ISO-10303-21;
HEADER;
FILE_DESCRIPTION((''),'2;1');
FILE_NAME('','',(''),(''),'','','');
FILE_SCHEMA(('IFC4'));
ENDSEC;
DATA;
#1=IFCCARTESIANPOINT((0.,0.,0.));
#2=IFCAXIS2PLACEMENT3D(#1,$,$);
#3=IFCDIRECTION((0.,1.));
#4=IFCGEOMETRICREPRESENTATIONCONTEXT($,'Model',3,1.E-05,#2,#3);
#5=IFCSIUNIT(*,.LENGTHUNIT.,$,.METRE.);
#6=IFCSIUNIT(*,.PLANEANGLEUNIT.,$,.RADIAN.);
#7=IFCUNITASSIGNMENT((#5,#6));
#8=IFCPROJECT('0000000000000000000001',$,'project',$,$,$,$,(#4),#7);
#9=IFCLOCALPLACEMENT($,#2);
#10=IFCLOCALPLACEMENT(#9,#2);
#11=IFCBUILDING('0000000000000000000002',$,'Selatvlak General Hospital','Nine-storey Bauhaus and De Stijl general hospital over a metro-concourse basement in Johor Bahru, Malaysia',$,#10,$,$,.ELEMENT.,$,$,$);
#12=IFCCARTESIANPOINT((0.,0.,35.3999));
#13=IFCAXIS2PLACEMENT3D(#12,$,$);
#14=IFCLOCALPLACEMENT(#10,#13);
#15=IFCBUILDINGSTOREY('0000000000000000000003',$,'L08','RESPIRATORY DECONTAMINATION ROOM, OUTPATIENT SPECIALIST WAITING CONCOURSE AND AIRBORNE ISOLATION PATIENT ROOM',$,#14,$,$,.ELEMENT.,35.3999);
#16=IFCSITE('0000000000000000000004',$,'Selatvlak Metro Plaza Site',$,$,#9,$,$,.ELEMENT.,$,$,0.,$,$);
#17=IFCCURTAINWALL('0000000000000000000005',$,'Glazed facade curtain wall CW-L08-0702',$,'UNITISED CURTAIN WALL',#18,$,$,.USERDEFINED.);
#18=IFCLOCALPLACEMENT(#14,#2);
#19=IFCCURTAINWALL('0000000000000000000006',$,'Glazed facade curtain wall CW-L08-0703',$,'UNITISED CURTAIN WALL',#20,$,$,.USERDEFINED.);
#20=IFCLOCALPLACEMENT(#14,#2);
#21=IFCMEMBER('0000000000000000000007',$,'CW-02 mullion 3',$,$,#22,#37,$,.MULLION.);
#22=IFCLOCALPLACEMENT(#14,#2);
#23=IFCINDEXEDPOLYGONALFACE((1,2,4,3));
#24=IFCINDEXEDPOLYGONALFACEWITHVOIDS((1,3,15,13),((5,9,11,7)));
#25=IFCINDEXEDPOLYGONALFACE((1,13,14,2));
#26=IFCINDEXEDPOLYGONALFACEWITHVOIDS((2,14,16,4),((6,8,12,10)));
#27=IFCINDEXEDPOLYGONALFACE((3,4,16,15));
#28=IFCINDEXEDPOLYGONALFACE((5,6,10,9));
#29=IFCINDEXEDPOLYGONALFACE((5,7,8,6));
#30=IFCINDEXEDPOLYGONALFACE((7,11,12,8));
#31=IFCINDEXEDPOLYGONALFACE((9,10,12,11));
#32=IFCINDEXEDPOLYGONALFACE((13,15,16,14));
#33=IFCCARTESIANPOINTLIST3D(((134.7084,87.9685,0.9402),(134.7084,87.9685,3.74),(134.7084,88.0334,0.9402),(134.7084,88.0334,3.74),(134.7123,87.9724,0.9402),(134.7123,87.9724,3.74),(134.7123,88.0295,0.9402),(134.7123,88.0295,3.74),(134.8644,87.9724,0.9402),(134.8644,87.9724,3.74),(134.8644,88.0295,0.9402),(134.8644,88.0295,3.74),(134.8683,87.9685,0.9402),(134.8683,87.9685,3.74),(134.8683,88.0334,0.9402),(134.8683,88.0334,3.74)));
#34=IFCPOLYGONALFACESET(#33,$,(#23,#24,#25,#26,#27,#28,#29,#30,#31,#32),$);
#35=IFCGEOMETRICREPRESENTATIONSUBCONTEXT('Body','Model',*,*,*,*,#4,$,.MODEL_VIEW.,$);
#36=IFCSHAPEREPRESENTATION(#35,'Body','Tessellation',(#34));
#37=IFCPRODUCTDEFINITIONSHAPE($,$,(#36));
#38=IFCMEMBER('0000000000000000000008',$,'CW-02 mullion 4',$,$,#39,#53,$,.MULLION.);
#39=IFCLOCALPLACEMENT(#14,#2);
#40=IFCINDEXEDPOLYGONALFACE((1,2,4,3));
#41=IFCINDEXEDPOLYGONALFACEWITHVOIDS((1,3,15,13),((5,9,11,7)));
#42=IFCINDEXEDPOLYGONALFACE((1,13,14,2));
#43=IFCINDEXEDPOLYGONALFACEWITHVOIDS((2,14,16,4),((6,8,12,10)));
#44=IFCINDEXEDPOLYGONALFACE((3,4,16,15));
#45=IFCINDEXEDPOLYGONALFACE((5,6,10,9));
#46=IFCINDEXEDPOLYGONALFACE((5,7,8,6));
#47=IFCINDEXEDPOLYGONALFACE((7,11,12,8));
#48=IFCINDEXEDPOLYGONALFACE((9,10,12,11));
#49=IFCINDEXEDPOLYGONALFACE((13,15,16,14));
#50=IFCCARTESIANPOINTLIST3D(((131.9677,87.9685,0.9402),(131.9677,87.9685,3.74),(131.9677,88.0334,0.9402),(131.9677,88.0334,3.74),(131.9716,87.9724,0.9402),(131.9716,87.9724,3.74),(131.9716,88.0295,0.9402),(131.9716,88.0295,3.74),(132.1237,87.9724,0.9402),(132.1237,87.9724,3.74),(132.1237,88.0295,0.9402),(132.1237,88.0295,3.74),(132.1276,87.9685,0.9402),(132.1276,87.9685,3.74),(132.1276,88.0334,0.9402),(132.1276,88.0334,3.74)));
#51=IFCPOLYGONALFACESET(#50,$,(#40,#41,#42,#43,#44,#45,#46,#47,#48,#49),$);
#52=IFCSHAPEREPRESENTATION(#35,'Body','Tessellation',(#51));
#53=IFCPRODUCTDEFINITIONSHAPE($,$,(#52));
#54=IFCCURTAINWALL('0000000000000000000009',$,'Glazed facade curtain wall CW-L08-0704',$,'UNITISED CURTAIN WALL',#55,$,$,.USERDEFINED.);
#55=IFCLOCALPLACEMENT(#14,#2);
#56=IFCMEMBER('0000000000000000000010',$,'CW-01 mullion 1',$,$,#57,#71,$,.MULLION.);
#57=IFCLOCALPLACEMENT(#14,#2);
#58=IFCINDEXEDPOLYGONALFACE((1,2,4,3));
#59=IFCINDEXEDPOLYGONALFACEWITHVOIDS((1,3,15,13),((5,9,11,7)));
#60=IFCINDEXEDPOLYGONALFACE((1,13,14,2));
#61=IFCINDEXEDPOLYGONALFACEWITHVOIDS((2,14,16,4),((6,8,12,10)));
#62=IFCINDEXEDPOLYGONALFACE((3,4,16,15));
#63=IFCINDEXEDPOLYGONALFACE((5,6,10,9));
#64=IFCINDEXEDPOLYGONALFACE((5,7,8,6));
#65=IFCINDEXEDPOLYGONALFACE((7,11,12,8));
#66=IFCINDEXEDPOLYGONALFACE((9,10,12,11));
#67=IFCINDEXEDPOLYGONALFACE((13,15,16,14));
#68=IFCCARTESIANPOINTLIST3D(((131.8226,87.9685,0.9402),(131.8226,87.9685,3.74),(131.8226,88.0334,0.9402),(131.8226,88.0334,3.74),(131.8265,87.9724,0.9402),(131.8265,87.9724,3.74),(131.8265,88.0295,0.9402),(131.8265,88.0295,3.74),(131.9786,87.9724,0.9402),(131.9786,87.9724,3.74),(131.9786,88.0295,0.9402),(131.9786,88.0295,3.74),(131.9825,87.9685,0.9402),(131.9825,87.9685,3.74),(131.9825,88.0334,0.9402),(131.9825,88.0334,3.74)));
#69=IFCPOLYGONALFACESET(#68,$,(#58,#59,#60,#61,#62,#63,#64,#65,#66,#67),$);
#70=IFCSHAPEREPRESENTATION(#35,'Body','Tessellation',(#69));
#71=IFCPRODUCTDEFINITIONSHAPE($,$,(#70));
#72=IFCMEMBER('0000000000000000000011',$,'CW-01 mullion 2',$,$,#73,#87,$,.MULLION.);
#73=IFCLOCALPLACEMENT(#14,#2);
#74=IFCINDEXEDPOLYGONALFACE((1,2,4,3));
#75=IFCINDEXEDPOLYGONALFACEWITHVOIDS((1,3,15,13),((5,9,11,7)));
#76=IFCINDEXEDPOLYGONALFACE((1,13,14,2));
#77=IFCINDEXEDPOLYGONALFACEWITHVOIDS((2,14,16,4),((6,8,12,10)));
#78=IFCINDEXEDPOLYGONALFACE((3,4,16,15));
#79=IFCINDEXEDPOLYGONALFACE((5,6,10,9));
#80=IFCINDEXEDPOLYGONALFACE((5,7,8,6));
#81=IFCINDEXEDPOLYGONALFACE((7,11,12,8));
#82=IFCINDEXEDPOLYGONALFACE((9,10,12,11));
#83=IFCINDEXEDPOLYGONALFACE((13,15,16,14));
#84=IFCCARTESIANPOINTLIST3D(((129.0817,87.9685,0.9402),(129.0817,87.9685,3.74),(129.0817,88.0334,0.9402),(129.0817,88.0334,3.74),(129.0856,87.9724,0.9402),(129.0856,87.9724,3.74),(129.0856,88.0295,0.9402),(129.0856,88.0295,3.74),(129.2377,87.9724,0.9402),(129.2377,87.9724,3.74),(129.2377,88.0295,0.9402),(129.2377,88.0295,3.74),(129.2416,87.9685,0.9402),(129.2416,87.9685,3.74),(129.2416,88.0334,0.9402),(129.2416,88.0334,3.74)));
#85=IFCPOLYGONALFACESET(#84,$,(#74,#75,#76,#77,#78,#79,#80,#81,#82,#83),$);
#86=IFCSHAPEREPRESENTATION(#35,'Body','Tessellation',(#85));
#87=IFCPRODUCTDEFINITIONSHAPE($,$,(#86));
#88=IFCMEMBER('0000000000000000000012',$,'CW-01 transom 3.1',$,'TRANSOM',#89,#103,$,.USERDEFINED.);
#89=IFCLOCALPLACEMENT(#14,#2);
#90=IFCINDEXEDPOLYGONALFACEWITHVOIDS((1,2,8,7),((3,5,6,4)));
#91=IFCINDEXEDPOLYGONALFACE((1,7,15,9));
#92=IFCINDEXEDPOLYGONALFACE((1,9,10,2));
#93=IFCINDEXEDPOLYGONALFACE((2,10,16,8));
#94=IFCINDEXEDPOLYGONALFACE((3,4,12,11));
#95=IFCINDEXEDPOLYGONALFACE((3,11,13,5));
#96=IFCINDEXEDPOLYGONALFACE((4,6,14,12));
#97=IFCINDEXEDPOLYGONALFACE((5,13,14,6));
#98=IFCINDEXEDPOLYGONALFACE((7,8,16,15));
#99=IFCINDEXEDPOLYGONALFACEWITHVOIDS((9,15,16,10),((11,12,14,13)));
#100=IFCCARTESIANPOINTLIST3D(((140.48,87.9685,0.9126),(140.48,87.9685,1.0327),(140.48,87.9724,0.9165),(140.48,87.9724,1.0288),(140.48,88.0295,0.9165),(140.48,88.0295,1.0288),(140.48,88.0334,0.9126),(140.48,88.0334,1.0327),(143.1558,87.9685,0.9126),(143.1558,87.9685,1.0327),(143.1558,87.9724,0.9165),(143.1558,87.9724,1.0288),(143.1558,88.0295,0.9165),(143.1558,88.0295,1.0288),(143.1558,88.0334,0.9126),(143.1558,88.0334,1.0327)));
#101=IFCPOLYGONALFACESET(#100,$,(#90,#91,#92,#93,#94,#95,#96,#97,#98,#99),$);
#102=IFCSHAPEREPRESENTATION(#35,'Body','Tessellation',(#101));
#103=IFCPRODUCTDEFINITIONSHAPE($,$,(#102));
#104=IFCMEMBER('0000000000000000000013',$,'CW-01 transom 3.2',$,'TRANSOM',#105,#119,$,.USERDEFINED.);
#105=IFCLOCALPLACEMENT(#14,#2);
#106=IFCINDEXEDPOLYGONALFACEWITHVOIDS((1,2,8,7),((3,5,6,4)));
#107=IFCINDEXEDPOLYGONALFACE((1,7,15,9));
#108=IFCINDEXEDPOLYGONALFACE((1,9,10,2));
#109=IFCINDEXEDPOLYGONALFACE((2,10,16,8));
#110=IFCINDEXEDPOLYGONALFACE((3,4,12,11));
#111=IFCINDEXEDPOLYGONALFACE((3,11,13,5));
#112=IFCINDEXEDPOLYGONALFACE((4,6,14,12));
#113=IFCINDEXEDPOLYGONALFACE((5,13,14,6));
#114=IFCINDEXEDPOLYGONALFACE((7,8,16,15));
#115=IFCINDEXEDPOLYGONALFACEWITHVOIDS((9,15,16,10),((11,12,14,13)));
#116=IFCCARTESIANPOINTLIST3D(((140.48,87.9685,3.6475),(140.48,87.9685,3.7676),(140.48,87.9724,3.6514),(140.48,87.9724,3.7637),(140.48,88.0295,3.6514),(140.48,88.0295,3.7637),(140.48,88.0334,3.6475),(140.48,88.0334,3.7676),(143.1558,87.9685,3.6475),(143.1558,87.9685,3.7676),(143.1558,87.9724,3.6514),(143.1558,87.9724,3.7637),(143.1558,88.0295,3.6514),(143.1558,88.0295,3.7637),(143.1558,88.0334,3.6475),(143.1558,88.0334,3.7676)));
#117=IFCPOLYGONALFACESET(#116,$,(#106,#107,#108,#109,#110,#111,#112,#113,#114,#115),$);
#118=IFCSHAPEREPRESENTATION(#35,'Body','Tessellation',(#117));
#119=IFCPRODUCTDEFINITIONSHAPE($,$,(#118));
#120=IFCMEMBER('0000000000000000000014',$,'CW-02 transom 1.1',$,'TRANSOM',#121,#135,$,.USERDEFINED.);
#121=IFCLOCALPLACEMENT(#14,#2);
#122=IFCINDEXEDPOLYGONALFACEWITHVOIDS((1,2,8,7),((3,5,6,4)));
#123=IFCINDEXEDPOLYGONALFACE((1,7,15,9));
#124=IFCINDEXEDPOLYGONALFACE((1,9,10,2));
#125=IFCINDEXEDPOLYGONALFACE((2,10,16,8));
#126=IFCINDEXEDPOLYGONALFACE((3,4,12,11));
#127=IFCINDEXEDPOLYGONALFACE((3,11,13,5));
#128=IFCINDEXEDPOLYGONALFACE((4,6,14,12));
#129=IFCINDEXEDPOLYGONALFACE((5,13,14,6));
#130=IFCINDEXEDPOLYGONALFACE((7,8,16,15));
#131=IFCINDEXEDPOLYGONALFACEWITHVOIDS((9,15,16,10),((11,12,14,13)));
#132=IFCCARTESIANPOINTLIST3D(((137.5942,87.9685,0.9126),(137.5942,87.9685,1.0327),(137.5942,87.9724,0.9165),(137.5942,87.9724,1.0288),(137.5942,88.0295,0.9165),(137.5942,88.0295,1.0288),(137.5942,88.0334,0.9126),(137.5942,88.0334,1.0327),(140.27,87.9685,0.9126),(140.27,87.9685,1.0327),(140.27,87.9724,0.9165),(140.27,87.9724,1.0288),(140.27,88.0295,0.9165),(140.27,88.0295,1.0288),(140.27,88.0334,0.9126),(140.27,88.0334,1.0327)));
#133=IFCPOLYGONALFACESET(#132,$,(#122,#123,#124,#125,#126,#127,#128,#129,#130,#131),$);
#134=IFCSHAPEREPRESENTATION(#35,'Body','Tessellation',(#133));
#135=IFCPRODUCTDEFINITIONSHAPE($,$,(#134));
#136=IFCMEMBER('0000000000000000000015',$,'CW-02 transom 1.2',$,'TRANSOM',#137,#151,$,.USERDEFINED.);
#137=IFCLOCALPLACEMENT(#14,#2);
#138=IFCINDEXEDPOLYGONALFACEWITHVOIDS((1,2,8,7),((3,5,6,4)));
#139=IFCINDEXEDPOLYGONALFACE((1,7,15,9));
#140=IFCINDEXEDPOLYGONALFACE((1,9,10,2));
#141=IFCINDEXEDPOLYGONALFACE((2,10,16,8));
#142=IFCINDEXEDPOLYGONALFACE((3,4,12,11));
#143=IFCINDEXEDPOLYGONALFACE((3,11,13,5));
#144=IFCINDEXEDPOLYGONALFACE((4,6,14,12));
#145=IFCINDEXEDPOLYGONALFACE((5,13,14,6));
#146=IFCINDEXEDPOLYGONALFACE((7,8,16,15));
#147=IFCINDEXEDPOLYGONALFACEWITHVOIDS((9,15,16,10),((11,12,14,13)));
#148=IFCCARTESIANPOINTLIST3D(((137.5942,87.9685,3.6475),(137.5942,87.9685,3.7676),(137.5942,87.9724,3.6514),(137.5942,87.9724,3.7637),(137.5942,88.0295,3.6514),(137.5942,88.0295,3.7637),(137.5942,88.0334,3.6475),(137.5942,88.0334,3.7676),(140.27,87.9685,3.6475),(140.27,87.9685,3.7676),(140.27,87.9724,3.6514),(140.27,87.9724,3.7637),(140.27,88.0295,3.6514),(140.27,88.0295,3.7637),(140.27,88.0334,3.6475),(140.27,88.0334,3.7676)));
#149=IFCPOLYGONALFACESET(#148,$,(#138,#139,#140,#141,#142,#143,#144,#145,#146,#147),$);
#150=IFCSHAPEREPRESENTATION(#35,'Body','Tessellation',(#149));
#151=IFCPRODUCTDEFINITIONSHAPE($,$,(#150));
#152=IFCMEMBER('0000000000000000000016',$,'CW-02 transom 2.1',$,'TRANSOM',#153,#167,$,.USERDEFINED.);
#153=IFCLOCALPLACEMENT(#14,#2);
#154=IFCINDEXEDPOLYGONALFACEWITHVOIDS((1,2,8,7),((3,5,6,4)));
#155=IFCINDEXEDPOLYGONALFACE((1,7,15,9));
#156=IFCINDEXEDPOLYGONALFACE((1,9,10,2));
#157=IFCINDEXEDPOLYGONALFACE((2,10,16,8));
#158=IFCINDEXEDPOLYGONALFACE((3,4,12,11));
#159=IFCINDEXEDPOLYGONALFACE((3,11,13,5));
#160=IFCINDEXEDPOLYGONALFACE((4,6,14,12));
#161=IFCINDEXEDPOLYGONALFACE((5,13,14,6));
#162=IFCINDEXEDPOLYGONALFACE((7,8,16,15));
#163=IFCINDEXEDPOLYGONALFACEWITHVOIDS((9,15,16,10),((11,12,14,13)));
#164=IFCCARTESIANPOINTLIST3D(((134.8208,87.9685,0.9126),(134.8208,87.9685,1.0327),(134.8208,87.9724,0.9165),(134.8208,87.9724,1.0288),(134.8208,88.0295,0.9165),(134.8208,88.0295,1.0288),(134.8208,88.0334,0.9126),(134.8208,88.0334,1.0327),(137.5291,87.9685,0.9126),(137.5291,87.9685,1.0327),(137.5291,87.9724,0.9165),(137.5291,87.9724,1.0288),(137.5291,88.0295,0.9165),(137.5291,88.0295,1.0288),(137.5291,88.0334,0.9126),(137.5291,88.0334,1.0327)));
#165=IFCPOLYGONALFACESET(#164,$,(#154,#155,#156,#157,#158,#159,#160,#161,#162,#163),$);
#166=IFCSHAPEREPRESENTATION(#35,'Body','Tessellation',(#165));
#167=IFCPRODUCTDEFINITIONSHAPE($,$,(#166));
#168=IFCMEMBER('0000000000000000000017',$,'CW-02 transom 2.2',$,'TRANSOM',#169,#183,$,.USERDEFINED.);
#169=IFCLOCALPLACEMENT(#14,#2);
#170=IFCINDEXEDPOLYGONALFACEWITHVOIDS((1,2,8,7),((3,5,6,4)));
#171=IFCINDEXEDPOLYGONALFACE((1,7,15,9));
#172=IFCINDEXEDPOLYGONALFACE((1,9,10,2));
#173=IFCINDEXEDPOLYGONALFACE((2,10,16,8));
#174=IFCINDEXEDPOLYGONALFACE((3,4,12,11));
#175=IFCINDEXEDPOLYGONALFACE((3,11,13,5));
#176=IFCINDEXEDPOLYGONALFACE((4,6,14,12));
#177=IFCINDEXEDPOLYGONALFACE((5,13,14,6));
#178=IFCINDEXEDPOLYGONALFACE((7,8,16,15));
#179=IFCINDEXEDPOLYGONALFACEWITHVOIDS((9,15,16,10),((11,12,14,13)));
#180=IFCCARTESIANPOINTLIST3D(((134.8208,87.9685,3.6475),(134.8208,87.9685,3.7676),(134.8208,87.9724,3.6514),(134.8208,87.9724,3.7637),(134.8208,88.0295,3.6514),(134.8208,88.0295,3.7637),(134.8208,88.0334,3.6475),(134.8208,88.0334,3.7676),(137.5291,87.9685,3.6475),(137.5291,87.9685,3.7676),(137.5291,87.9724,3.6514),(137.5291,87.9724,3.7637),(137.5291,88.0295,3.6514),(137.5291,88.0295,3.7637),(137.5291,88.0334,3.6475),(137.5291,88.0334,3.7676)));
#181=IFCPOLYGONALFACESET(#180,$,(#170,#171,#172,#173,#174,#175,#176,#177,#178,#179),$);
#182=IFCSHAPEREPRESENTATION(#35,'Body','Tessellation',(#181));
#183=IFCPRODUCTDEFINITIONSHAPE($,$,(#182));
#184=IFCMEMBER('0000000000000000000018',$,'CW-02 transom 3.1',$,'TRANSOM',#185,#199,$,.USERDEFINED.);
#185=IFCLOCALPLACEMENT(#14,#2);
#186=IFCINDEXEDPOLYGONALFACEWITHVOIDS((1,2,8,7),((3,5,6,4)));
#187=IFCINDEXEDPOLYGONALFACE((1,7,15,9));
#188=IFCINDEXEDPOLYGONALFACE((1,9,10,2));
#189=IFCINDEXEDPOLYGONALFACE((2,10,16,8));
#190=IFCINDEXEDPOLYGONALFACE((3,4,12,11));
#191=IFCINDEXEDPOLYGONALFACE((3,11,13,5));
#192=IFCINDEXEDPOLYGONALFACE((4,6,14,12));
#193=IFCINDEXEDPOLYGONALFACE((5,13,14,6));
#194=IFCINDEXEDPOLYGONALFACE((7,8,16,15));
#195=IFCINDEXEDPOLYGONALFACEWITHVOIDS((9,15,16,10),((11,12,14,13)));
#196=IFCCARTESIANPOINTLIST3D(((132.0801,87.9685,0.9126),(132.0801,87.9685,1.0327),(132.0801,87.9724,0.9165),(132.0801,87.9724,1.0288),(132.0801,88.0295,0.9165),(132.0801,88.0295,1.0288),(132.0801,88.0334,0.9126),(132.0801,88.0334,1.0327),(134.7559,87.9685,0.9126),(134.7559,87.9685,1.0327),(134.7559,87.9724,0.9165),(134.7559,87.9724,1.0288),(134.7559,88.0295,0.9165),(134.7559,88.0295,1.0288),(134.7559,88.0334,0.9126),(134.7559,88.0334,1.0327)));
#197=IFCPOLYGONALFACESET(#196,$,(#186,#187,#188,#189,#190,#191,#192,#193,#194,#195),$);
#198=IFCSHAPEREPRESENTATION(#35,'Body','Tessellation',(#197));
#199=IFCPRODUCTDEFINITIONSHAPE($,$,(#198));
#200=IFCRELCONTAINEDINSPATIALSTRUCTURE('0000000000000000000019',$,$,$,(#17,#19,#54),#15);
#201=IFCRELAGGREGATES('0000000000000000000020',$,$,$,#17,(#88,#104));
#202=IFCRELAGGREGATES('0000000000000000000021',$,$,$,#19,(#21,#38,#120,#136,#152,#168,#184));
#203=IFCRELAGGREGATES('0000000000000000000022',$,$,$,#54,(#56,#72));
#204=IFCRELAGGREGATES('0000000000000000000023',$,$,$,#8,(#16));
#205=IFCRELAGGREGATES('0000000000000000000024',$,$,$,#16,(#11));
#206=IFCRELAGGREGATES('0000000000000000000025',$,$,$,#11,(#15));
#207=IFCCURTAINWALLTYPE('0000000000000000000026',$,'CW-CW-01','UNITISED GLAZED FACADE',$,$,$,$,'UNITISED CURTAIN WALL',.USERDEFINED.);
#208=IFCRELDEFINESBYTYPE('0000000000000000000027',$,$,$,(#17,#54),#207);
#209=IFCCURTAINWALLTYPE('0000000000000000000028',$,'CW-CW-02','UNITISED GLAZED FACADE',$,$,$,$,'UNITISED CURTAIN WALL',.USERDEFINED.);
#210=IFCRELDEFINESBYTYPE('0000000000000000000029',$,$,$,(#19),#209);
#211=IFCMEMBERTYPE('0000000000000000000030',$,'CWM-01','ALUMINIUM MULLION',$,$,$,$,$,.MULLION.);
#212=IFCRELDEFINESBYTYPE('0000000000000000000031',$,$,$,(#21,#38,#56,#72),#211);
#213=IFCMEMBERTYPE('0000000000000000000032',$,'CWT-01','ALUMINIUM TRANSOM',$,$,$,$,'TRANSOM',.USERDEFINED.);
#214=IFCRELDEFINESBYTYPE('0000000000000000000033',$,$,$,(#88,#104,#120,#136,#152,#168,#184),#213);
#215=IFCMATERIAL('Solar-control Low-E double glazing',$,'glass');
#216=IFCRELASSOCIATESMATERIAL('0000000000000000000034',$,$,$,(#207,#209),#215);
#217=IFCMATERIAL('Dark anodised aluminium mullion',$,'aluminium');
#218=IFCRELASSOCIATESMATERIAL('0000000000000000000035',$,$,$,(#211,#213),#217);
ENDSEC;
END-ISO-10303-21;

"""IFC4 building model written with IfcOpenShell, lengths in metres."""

from ifc_helpers import new_model, si_unit, direction, frame, origin, origin_2d, place, context, subcontext, project, spatial, hollow_rectangle, extrude, material, material_profile, profile_set, type_object, element, aggregate, save


model = new_model("IFC4")

# Units and contexts
model_context = context("Model", 3, precision=1e-05, world=origin(), true_north=direction((0.0, 1.0)))
body_context = subcontext(model_context, "Body", "Model", "MODEL_VIEW")
ifc_project = project(units=[si_unit("LENGTHUNIT", "METRE"), si_unit("PLANEANGLEUNIT", "RADIAN")], contexts=[model_context])

# Site, building, storey
site_placement = place(None, origin())
site = spatial("IfcSite", under=ifc_project, at=site_placement, Name="Selatvlak Metro Plaza Site", CompositionType="ELEMENT", RefElevation=0.0)
building_placement = place(site_placement, origin())
building = spatial("IfcBuilding", under=site, at=building_placement, Name="Selatvlak General Hospital", Description="Nine-storey Bauhaus and De Stijl general hospital over a metro-concourse basement in Johor Bahru, Malaysia", CompositionType="ELEMENT")
storey_placement = place(building_placement, frame((0.0, 0.0, 35.3999)))
storey = spatial("IfcBuildingStorey", under=building, at=storey_placement, Name="L08", Description="RESPIRATORY DECONTAMINATION ROOM, OUTPATIENT SPECIALIST WAITING CONCOURSE AND AIRBORNE ISOLATION PATIENT ROOM", CompositionType="ELEMENT", Elevation=35.3999)

# Curtain walls, members
ifc_material_1 = material(Name="Solar-control Low-E double glazing", Category="glass")
curtain_wall_type_1 = type_object("IfcCurtainWallType", Name="CW-CW-01", Description="UNITISED GLAZED FACADE", ElementType="UNITISED CURTAIN WALL", PredefinedType="USERDEFINED", material=ifc_material_1)
curtain_wall_1_placement = place(storey_placement, origin())
curtain_wall_1 = element("IfcCurtainWall", 1, at=curtain_wall_1_placement, inside=storey, type_object=curtain_wall_type_1, Name="Glazed facade curtain wall CW-L08-0702", ObjectType="UNITISED CURTAIN WALL", PredefinedType="USERDEFINED")
ifc_material_2 = material(Name="Dark anodised aluminium mullion", Category="aluminium")
ifc_material_profile_1 = material_profile(ifc_material_2, hollow_rectangle(XDim=0.0649, YDim=0.1599, WallThickness=0.0039, at=origin_2d()), Name="AL-MUL 65x160x4")
ifc_profile_set_1 = profile_set([ifc_material_profile_1], Name="Dark anodised aluminium mullion")
member_type_1 = type_object("IfcMemberType", Name="CWM-01", Description="ALUMINIUM MULLION", PredefinedType="MULLION", material=ifc_profile_set_1)
curtain_wall_type_2 = type_object("IfcCurtainWallType", Name="CW-CW-02", Description="UNITISED GLAZED FACADE", ElementType="UNITISED CURTAIN WALL", PredefinedType="USERDEFINED", material=ifc_material_1)
curtain_wall_2_placement = place(storey_placement, origin())
curtain_wall_2 = element("IfcCurtainWall", 2, at=curtain_wall_2_placement, inside=storey, type_object=curtain_wall_type_2, Name="Glazed facade curtain wall CW-L08-0703", ObjectType="UNITISED CURTAIN WALL", PredefinedType="USERDEFINED")
member_1_placement = place(storey_placement, frame((134.7883, 88.001, 0.9402), z_axis=(0.0, 0.0, 1.0), x_axis=(0.0, -1.0, 0.0)))
member_1 = element("IfcMember", 3, at=member_1_placement, type_object=member_type_1, Name="CW-02 mullion 3", PredefinedType="MULLION", context=body_context, shape_type="SweptSolid", body=[
    extrude(hollow_rectangle(XDim=0.0649, YDim=0.1599, WallThickness=0.0039, at=origin_2d()), origin(), (0.0, 0.0, 1.0), 2.7998),
])
member_2_placement = place(storey_placement, frame((132.0476, 88.001, 0.9402), z_axis=(0.0, 0.0, 1.0), x_axis=(0.0, -1.0, 0.0)))
member_2 = element("IfcMember", 4, at=member_2_placement, type_object=member_type_1, Name="CW-02 mullion 4", PredefinedType="MULLION", context=body_context, shape_type="SweptSolid", body=[
    extrude(hollow_rectangle(XDim=0.0649, YDim=0.1599, WallThickness=0.0039, at=origin_2d()), origin(), (0.0, 0.0, 1.0), 2.7998),
])
curtain_wall_3_placement = place(storey_placement, origin())
curtain_wall_3 = element("IfcCurtainWall", 5, at=curtain_wall_3_placement, inside=storey, type_object=curtain_wall_type_1, Name="Glazed facade curtain wall CW-L08-0704", ObjectType="UNITISED CURTAIN WALL", PredefinedType="USERDEFINED")
member_3_placement = place(storey_placement, frame((131.9026, 88.001, 0.9402), z_axis=(0.0, 0.0, 1.0), x_axis=(0.0, -1.0, 0.0)))
member_3 = element("IfcMember", 6, at=member_3_placement, type_object=member_type_1, Name="CW-01 mullion 1", PredefinedType="MULLION", context=body_context, shape_type="SweptSolid", body=[
    extrude(hollow_rectangle(XDim=0.0649, YDim=0.1599, WallThickness=0.0039, at=origin_2d()), origin(), (0.0, 0.0, 1.0), 2.7998),
])
member_4_placement = place(storey_placement, frame((129.1616, 88.001, 0.9402), z_axis=(0.0, 0.0, 1.0), x_axis=(0.0, -1.0, 0.0)))
member_4 = element("IfcMember", 7, at=member_4_placement, type_object=member_type_1, Name="CW-01 mullion 2", PredefinedType="MULLION", context=body_context, shape_type="SweptSolid", body=[
    extrude(hollow_rectangle(XDim=0.0649, YDim=0.1599, WallThickness=0.0039, at=origin_2d()), origin(), (0.0, 0.0, 1.0), 2.7998),
])

# Members
ifc_material_profile_2 = material_profile(ifc_material_2, hollow_rectangle(XDim=0.0649, YDim=0.1201, WallThickness=0.0039, at=origin_2d()), Name="AL-TRN 65x120x4")
ifc_profile_set_2 = profile_set([ifc_material_profile_2], Name="Dark anodised aluminium mullion")
member_type_2 = type_object("IfcMemberType", Name="CWT-01", Description="ALUMINIUM TRANSOM", ElementType="TRANSOM", PredefinedType="USERDEFINED", material=ifc_profile_set_2)
member_5_placement = place(storey_placement, frame((143.1558, 88.001, 0.9727), z_axis=(-1.0, 0.0, 0.0), x_axis=(0.0, -1.0, 0.0)))
member_5 = element("IfcMember", 8, at=member_5_placement, type_object=member_type_2, Name="CW-01 transom 3.1", ObjectType="TRANSOM", PredefinedType="USERDEFINED", context=body_context, shape_type="SweptSolid", body=[
    extrude(hollow_rectangle(XDim=0.0649, YDim=0.1201, WallThickness=0.0039, at=origin_2d()), origin(), (0.0, 0.0, 1.0), 2.6758),
])
member_6_placement = place(storey_placement, frame((143.1558, 88.001, 3.7075), z_axis=(-1.0, 0.0, 0.0), x_axis=(0.0, -1.0, 0.0)))
member_6 = element("IfcMember", 9, at=member_6_placement, type_object=member_type_2, Name="CW-01 transom 3.2", ObjectType="TRANSOM", PredefinedType="USERDEFINED", context=body_context, shape_type="SweptSolid", body=[
    extrude(hollow_rectangle(XDim=0.0649, YDim=0.1201, WallThickness=0.0039, at=origin_2d()), origin(), (0.0, 0.0, 1.0), 2.6758),
])
member_7_placement = place(storey_placement, frame((140.27, 88.001, 0.9727), z_axis=(-1.0, 0.0, 0.0), x_axis=(0.0, -1.0, 0.0)))
member_7 = element("IfcMember", 10, at=member_7_placement, type_object=member_type_2, Name="CW-02 transom 1.1", ObjectType="TRANSOM", PredefinedType="USERDEFINED", context=body_context, shape_type="SweptSolid", body=[
    extrude(hollow_rectangle(XDim=0.0649, YDim=0.1201, WallThickness=0.0039, at=origin_2d()), origin(), (0.0, 0.0, 1.0), 2.6758),
])
member_8_placement = place(storey_placement, frame((140.27, 88.001, 3.7075), z_axis=(-1.0, 0.0, 0.0), x_axis=(0.0, -1.0, 0.0)))
member_8 = element("IfcMember", 11, at=member_8_placement, type_object=member_type_2, Name="CW-02 transom 1.2", ObjectType="TRANSOM", PredefinedType="USERDEFINED", context=body_context, shape_type="SweptSolid", body=[
    extrude(hollow_rectangle(XDim=0.0649, YDim=0.1201, WallThickness=0.0039, at=origin_2d()), origin(), (0.0, 0.0, 1.0), 2.6758),
])
member_9_placement = place(storey_placement, frame((137.5291, 88.001, 0.9727), z_axis=(-1.0, 0.0, 0.0), x_axis=(0.0, -1.0, 0.0)))
member_9 = element("IfcMember", 12, at=member_9_placement, type_object=member_type_2, Name="CW-02 transom 2.1", ObjectType="TRANSOM", PredefinedType="USERDEFINED", context=body_context, shape_type="SweptSolid", body=[
    extrude(hollow_rectangle(XDim=0.0649, YDim=0.1201, WallThickness=0.0039, at=origin_2d()), origin(), (0.0, 0.0, 1.0), 2.7083),
])
member_10_placement = place(storey_placement, frame((137.5291, 88.001, 3.7075), z_axis=(-1.0, 0.0, 0.0), x_axis=(0.0, -1.0, 0.0)))
member_10 = element("IfcMember", 13, at=member_10_placement, type_object=member_type_2, Name="CW-02 transom 2.2", ObjectType="TRANSOM", PredefinedType="USERDEFINED", context=body_context, shape_type="SweptSolid", body=[
    extrude(hollow_rectangle(XDim=0.0649, YDim=0.1201, WallThickness=0.0039, at=origin_2d()), origin(), (0.0, 0.0, 1.0), 2.7083),
])
member_11_placement = place(storey_placement, frame((134.7559, 88.001, 0.9727), z_axis=(-1.0, 0.0, 0.0), x_axis=(0.0, -1.0, 0.0)))
member_11 = element("IfcMember", 14, at=member_11_placement, type_object=member_type_2, Name="CW-02 transom 3.1", ObjectType="TRANSOM", PredefinedType="USERDEFINED", context=body_context, shape_type="SweptSolid", body=[
    extrude(hollow_rectangle(XDim=0.0649, YDim=0.1201, WallThickness=0.0039, at=origin_2d()), origin(), (0.0, 0.0, 1.0), 2.6758),
])

aggregate(curtain_wall_1, [member_5, member_6])
aggregate(curtain_wall_2, [member_1, member_2, member_7, member_8, member_9, member_10, member_11])
aggregate(curtain_wall_3, [member_3, member_4])

save(model, "model.ifc")
